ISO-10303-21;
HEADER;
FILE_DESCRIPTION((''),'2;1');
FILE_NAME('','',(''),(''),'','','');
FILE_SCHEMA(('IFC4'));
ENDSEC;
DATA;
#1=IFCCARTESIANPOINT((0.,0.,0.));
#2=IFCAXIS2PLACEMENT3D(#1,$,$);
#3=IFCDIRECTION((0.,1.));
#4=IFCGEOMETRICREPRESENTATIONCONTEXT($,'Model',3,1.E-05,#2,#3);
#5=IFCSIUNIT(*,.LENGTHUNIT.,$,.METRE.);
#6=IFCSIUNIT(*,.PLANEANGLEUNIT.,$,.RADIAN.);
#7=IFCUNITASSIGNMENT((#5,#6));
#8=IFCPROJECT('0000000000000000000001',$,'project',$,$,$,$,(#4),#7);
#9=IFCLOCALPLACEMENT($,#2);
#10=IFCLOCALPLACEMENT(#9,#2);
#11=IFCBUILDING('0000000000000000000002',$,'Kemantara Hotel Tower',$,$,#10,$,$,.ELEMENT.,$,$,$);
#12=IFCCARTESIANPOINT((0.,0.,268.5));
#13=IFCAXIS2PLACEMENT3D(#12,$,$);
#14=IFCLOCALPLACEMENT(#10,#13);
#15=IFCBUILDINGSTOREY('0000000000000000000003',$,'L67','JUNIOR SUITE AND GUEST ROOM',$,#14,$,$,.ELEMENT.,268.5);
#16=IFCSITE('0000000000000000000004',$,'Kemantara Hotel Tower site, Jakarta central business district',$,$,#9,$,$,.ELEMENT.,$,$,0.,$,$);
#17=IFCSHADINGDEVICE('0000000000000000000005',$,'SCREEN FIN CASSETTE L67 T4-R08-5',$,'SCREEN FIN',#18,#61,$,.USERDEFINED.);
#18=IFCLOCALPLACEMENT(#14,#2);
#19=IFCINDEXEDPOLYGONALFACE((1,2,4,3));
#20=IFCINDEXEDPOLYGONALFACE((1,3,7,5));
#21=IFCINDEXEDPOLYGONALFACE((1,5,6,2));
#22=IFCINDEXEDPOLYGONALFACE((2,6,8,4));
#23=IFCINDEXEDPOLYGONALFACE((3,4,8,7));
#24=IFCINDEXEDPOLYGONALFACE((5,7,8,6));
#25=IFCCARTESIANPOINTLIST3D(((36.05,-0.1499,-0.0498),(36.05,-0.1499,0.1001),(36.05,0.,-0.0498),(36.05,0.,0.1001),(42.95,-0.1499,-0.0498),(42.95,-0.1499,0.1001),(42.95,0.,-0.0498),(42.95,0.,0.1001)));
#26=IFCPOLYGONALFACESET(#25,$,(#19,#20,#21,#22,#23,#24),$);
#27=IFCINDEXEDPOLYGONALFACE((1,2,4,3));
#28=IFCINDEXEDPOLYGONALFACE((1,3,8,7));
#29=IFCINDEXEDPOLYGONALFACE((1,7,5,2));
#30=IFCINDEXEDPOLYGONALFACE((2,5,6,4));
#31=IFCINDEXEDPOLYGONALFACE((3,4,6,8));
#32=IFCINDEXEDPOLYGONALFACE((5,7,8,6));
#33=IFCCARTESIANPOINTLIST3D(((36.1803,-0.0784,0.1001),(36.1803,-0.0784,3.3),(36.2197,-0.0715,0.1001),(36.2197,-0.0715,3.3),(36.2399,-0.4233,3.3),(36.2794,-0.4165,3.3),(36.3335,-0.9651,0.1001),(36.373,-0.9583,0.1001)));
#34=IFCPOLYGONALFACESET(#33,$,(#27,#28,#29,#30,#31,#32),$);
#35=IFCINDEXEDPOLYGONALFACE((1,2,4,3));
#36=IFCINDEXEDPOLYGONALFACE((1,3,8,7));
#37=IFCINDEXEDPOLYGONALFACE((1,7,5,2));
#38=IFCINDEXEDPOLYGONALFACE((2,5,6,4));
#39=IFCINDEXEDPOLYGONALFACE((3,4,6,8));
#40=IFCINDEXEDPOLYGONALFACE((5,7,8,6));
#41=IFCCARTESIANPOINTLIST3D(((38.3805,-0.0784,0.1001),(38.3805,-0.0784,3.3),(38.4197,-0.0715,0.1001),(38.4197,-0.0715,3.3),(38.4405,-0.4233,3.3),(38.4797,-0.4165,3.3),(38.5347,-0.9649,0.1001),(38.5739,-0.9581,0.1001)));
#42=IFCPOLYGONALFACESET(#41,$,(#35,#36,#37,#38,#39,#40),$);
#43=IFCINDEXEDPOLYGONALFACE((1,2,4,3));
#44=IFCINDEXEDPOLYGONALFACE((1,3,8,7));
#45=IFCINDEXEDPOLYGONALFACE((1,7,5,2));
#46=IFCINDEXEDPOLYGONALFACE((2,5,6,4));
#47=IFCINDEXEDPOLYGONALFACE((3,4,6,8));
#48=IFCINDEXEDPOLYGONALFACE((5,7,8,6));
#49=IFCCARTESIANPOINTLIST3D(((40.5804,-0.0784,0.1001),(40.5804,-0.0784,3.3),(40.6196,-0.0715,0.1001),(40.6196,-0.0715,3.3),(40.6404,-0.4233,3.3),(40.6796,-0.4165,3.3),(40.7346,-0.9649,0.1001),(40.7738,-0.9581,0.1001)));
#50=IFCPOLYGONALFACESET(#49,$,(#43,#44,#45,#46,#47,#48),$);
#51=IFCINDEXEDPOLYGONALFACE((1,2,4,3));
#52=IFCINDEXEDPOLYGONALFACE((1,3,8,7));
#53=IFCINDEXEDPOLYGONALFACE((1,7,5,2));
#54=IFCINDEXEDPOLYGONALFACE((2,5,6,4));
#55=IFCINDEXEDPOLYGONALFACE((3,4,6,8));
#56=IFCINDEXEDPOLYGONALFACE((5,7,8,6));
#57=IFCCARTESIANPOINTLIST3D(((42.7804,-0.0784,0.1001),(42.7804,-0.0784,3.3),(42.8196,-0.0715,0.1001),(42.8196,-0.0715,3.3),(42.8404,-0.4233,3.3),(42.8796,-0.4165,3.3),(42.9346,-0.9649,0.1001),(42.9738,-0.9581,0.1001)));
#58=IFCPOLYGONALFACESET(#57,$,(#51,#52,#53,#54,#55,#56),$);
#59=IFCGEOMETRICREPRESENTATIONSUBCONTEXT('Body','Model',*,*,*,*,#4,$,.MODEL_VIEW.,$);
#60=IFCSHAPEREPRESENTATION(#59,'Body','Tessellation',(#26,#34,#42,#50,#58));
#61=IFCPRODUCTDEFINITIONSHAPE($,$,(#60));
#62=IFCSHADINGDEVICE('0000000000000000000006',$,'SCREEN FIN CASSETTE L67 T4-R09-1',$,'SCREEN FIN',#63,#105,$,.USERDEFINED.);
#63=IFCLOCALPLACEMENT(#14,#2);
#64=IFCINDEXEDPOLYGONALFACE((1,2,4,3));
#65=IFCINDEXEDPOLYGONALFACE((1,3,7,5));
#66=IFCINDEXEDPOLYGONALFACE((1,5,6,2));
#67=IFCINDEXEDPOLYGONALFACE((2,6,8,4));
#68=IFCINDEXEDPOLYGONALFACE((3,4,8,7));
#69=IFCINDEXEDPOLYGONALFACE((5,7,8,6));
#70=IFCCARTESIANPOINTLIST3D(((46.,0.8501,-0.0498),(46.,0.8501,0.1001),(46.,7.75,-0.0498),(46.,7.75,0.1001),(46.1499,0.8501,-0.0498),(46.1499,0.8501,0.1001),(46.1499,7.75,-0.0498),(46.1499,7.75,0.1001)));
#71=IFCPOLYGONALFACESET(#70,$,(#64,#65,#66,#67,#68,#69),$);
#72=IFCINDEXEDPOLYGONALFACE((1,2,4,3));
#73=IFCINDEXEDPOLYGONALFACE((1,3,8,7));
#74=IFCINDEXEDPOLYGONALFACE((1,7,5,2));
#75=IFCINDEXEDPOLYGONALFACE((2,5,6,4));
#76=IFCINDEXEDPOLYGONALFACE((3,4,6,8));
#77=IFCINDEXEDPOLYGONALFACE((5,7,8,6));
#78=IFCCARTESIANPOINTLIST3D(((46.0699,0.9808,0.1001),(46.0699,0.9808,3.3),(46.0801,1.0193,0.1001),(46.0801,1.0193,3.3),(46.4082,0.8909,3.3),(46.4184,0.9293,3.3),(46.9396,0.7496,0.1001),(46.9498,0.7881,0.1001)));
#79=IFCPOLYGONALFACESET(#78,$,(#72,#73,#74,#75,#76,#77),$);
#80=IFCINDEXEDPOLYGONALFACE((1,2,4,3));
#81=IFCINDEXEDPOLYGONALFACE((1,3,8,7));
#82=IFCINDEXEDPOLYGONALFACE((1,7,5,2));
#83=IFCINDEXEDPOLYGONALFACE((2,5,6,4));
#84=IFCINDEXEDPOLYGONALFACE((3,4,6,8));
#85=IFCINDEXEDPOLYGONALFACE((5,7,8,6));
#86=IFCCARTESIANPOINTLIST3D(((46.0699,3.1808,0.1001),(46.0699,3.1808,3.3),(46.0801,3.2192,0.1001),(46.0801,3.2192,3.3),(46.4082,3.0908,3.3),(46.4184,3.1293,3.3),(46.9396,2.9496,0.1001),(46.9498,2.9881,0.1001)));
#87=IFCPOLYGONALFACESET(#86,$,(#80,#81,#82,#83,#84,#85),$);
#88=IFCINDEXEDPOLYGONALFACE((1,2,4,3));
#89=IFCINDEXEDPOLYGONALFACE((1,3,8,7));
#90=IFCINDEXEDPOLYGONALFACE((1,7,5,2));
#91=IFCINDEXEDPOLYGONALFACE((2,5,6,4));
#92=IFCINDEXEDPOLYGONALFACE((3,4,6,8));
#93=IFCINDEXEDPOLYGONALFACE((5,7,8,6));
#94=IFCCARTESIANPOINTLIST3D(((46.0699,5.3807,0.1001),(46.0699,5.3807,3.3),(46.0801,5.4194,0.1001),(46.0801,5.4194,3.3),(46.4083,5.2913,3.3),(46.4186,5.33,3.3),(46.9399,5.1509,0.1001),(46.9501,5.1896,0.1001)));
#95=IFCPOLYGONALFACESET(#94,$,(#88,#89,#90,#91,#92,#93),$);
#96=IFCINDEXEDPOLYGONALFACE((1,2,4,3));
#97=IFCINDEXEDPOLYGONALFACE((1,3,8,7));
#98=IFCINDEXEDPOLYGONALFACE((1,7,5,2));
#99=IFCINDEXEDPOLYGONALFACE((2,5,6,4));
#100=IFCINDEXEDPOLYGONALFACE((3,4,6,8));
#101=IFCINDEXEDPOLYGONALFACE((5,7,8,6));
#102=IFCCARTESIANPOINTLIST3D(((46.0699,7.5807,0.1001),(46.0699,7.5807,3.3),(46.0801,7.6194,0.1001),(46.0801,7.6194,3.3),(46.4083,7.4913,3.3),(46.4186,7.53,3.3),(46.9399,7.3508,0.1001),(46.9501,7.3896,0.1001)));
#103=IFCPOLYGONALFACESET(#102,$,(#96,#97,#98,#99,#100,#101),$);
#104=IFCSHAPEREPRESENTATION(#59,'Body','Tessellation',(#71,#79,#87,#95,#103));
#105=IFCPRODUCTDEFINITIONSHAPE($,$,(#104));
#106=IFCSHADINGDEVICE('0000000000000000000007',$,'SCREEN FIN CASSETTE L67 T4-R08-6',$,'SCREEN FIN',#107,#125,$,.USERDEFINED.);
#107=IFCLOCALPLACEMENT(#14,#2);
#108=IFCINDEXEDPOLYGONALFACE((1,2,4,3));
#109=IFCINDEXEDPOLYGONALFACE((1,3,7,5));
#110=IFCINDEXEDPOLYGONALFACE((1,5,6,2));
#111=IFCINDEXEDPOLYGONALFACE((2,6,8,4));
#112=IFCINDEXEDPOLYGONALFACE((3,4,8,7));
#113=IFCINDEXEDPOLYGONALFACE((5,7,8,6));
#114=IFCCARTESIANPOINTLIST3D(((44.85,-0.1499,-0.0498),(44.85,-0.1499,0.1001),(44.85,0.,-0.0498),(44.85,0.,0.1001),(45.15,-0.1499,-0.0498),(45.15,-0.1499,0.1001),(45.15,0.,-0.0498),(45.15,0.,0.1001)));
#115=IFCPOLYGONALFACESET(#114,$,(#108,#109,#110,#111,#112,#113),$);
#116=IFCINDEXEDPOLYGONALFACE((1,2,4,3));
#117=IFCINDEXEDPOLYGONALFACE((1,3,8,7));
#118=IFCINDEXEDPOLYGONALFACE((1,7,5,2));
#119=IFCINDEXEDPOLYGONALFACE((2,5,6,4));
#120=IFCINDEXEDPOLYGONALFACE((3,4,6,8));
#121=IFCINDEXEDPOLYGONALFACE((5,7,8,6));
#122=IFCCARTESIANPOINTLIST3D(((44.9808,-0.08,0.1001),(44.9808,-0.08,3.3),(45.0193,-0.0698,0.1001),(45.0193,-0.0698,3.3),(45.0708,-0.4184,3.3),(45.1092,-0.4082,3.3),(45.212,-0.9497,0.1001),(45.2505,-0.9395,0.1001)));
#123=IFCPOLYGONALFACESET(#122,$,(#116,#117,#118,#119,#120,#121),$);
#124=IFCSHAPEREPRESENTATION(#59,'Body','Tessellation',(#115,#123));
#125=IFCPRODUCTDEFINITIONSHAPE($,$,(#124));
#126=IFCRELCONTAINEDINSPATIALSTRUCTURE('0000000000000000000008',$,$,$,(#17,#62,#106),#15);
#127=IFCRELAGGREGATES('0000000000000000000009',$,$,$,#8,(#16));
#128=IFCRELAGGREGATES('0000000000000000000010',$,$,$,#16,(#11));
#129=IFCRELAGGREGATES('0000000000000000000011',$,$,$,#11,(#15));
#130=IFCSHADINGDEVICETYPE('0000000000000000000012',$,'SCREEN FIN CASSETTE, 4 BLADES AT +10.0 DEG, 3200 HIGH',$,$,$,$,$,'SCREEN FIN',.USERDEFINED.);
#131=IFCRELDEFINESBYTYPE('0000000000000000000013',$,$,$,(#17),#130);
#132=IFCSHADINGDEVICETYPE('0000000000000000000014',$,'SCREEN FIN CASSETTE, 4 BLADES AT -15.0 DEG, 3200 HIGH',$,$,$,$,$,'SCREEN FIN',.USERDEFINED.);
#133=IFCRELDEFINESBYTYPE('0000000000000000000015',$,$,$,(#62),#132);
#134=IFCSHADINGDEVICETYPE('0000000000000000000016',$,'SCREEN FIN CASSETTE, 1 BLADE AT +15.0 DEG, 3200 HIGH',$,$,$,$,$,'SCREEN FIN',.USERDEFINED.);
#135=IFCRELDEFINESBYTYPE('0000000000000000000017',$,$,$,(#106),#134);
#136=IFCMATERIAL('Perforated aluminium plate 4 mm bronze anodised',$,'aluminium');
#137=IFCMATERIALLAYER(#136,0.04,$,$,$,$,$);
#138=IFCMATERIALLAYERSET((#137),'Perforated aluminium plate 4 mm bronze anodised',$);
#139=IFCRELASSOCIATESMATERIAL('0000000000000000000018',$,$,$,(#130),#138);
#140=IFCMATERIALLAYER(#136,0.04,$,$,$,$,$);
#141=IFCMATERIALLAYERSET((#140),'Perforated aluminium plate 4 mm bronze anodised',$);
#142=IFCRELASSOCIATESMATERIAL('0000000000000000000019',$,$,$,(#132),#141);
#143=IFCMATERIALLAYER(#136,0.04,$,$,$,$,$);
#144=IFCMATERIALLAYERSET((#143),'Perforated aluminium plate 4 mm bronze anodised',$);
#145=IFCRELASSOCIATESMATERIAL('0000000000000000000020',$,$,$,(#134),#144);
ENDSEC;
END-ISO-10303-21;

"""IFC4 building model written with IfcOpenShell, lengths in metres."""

from ifc_helpers import new_model, si_unit, direction, frame, origin, origin_2d, place, context, subcontext, project, spatial, polyline, rectangle, outline, extrude, source, transform, mapped, material, layer, layer_set, type_object, element, save


model = new_model("IFC4")

# Units and contexts
model_context = context("Model", 3, precision=1e-05, world=origin(), true_north=direction((0.0, 1.0)))
body_context = subcontext(model_context, "Body", "Model", "MODEL_VIEW")
ifc_project = project(units=[si_unit("LENGTHUNIT", "METRE"), si_unit("PLANEANGLEUNIT", "RADIAN")], contexts=[model_context])

# Site, building, storey
site_placement = place(None, origin())
site = spatial("IfcSite", under=ifc_project, at=site_placement, Name="Kemantara Hotel Tower site, Jakarta central business district", CompositionType="ELEMENT", RefElevation=0.0)
building_placement = place(site_placement, origin())
building = spatial("IfcBuilding", under=site, at=building_placement, Name="Kemantara Hotel Tower", CompositionType="ELEMENT")
storey_placement = place(building_placement, frame((0.0, 0.0, 268.5)))
storey = spatial("IfcBuildingStorey", under=building, at=storey_placement, Name="L67", Description="JUNIOR SUITE AND GUEST ROOM", CompositionType="ELEMENT", Elevation=268.5)

# Shading devices
ifc_material_1 = material(Name="Perforated aluminium plate 4 mm bronze anodised", Category="aluminium")
ifc_layer_1 = layer(ifc_material_1, 0.04)
ifc_layer_set_1 = layer_set([ifc_layer_1], Name="Perforated aluminium plate 4 mm bronze anodised")
shading_device_type_1 = type_object("IfcShadingDeviceType", Name="SCREEN FIN CASSETTE, 4 BLADES AT +10.0 DEG, 3200 HIGH", ElementType="SCREEN FIN", PredefinedType="USERDEFINED", material=ifc_layer_set_1)
shared_shape_1 = source(origin(), body_context, "Body", "SweptSolid", [
    extrude(rectangle(XDim=6.8999, YDim=0.1499, at=origin_2d()), frame((3.3, -0.075, -0.1499), z_axis=(0.0, 0.0, 1.0), x_axis=(1.0, 0.0, 0.0)), (0.0, 0.0, 1.0), 0.1499),
    extrude(outline(polyline([(0.0, 0.0), (0.8999, 0.0), (0.3501, 3.2), (0.0, 3.2), (0.0, 0.0)])), frame((0.0198, -0.0715, 0.0), z_axis=(-0.98539, -0.170314, 0.0), x_axis=(0.170314, -0.98539, 0.0)), (0.0, 0.0, 1.0), 0.04),
    extrude(outline(polyline([(0.0, 0.0), (0.8999, 0.0), (0.3501, 3.2), (0.0, 3.2), (0.0, 0.0)])), frame((2.2197, -0.0715, 0.0), z_axis=(-0.985212, -0.171341, 0.0), x_axis=(0.171341, -0.985212, 0.0)), (0.0, 0.0, 1.0), 0.0398),
    extrude(outline(polyline([(0.0, 0.0), (0.8999, 0.0), (0.3501, 3.2), (0.0, 3.2), (0.0, 0.0)])), frame((4.4197, -0.0715, 0.0), z_axis=(-0.985212, -0.171341, 0.0), x_axis=(0.171341, -0.985212, 0.0)), (0.0, 0.0, 1.0), 0.0398),
    extrude(outline(polyline([(0.0, 0.0), (0.8999, 0.0), (0.3501, 3.2), (0.0, 3.2), (0.0, 0.0)])), frame((6.6196, -0.0715, 0.0), z_axis=(-0.985212, -0.171341, 0.0), x_axis=(0.171341, -0.985212, 0.0)), (0.0, 0.0, 1.0), 0.0398),
])
shading_device_1_placement = place(storey_placement, frame((36.2, 0.0, 0.1001), z_axis=(0.0, 0.0, 1.0), x_axis=(1.0, 0.0, 0.0)))
element("IfcShadingDevice", 1, at=shading_device_1_placement, inside=storey, type_object=shading_device_type_1, Name="SCREEN FIN CASSETTE L67 T4-R08-5", ObjectType="SCREEN FIN", PredefinedType="USERDEFINED", context=body_context, shape_type="MappedRepresentation", body=[
    mapped(shared_shape_1, transform((0.0, 0.0, 0.0))),
])
ifc_layer_2 = layer(ifc_material_1, 0.04)
ifc_layer_set_2 = layer_set([ifc_layer_2], Name="Perforated aluminium plate 4 mm bronze anodised")
shading_device_type_2 = type_object("IfcShadingDeviceType", Name="SCREEN FIN CASSETTE, 4 BLADES AT -15.0 DEG, 3200 HIGH", ElementType="SCREEN FIN", PredefinedType="USERDEFINED", material=ifc_layer_set_2)
shared_shape_2 = source(origin(), body_context, "Body", "SweptSolid", [
    extrude(rectangle(XDim=6.8999, YDim=0.1499, at=origin_2d()), frame((3.3, -0.075, -0.1499), z_axis=(0.0, 0.0, 1.0), x_axis=(1.0, 0.0, 0.0)), (0.0, 0.0, 1.0), 0.1499),
    extrude(outline(polyline([(0.0, 0.0), (0.8999, 0.0), (0.3501, 3.2), (0.0, 3.2), (0.0, 0.0)])), frame((0.0193, -0.0801, 0.0), z_axis=(-0.966438, 0.256901, 0.0), x_axis=(-0.256901, -0.966438, 0.0)), (0.0, 0.0, 1.0), 0.0398),
    extrude(outline(polyline([(0.0, 0.0), (0.8999, 0.0), (0.3501, 3.2), (0.0, 3.2), (0.0, 0.0)])), frame((2.2192, -0.0801, 0.0), z_axis=(-0.966438, 0.256901, 0.0), x_axis=(-0.256901, -0.966438, 0.0)), (0.0, 0.0, 1.0), 0.0398),
    extrude(outline(polyline([(0.0, 0.0), (0.8999, 0.0), (0.3501, 3.2), (0.0, 3.2), (0.0, 0.0)])), frame((4.4194, -0.0801, 0.0), z_axis=(-0.966838, 0.255391, 0.0), x_axis=(-0.255391, -0.966838, 0.0)), (0.0, 0.0, 1.0), 0.04),
    extrude(outline(polyline([(0.0, 0.0), (0.8999, 0.0), (0.3501, 3.2), (0.0, 3.2), (0.0, 0.0)])), frame((6.6194, -0.0801, 0.0), z_axis=(-0.966838, 0.255391, 0.0), x_axis=(-0.255391, -0.966838, 0.0)), (0.0, 0.0, 1.0), 0.04),
])
shading_device_2_placement = place(storey_placement, frame((46.0, 1.0, 0.1001), z_axis=(0.0, 0.0, 1.0), x_axis=(0.0, 1.0, 0.0)))
element("IfcShadingDevice", 2, at=shading_device_2_placement, inside=storey, type_object=shading_device_type_2, Name="SCREEN FIN CASSETTE L67 T4-R09-1", ObjectType="SCREEN FIN", PredefinedType="USERDEFINED", context=body_context, shape_type="MappedRepresentation", body=[
    mapped(shared_shape_2, transform((0.0, 0.0, 0.0))),
])
ifc_layer_3 = layer(ifc_material_1, 0.04)
ifc_layer_set_3 = layer_set([ifc_layer_3], Name="Perforated aluminium plate 4 mm bronze anodised")
shading_device_type_3 = type_object("IfcShadingDeviceType", Name="SCREEN FIN CASSETTE, 1 BLADE AT +15.0 DEG, 3200 HIGH", ElementType="SCREEN FIN", PredefinedType="USERDEFINED", material=ifc_layer_set_3)
shared_shape_3 = source(origin(), body_context, "Body", "SweptSolid", [
    extrude(rectangle(XDim=0.3, YDim=0.1499, at=origin_2d()), frame((0.0, -0.075, -0.1499), z_axis=(0.0, 0.0, 1.0), x_axis=(1.0, 0.0, 0.0)), (0.0, 0.0, 1.0), 0.1499),
    extrude(outline(polyline([(0.0, 0.0), (0.8999, 0.0), (0.3501, 3.2), (0.0, 3.2), (0.0, 0.0)])), frame((0.0193, -0.0698, 0.0), z_axis=(-0.966438, -0.256901, 0.0), x_axis=(0.256901, -0.966438, 0.0)), (0.0, 0.0, 1.0), 0.0398),
])
shading_device_3_placement = place(storey_placement, frame((45.0, 0.0, 0.1001), z_axis=(0.0, 0.0, 1.0), x_axis=(1.0, 0.0, 0.0)))
element("IfcShadingDevice", 3, at=shading_device_3_placement, inside=storey, type_object=shading_device_type_3, Name="SCREEN FIN CASSETTE L67 T4-R08-6", ObjectType="SCREEN FIN", PredefinedType="USERDEFINED", context=body_context, shape_type="MappedRepresentation", body=[
    mapped(shared_shape_3, transform((0.0, 0.0, 0.0))),
])

save(model, "model.ifc")
